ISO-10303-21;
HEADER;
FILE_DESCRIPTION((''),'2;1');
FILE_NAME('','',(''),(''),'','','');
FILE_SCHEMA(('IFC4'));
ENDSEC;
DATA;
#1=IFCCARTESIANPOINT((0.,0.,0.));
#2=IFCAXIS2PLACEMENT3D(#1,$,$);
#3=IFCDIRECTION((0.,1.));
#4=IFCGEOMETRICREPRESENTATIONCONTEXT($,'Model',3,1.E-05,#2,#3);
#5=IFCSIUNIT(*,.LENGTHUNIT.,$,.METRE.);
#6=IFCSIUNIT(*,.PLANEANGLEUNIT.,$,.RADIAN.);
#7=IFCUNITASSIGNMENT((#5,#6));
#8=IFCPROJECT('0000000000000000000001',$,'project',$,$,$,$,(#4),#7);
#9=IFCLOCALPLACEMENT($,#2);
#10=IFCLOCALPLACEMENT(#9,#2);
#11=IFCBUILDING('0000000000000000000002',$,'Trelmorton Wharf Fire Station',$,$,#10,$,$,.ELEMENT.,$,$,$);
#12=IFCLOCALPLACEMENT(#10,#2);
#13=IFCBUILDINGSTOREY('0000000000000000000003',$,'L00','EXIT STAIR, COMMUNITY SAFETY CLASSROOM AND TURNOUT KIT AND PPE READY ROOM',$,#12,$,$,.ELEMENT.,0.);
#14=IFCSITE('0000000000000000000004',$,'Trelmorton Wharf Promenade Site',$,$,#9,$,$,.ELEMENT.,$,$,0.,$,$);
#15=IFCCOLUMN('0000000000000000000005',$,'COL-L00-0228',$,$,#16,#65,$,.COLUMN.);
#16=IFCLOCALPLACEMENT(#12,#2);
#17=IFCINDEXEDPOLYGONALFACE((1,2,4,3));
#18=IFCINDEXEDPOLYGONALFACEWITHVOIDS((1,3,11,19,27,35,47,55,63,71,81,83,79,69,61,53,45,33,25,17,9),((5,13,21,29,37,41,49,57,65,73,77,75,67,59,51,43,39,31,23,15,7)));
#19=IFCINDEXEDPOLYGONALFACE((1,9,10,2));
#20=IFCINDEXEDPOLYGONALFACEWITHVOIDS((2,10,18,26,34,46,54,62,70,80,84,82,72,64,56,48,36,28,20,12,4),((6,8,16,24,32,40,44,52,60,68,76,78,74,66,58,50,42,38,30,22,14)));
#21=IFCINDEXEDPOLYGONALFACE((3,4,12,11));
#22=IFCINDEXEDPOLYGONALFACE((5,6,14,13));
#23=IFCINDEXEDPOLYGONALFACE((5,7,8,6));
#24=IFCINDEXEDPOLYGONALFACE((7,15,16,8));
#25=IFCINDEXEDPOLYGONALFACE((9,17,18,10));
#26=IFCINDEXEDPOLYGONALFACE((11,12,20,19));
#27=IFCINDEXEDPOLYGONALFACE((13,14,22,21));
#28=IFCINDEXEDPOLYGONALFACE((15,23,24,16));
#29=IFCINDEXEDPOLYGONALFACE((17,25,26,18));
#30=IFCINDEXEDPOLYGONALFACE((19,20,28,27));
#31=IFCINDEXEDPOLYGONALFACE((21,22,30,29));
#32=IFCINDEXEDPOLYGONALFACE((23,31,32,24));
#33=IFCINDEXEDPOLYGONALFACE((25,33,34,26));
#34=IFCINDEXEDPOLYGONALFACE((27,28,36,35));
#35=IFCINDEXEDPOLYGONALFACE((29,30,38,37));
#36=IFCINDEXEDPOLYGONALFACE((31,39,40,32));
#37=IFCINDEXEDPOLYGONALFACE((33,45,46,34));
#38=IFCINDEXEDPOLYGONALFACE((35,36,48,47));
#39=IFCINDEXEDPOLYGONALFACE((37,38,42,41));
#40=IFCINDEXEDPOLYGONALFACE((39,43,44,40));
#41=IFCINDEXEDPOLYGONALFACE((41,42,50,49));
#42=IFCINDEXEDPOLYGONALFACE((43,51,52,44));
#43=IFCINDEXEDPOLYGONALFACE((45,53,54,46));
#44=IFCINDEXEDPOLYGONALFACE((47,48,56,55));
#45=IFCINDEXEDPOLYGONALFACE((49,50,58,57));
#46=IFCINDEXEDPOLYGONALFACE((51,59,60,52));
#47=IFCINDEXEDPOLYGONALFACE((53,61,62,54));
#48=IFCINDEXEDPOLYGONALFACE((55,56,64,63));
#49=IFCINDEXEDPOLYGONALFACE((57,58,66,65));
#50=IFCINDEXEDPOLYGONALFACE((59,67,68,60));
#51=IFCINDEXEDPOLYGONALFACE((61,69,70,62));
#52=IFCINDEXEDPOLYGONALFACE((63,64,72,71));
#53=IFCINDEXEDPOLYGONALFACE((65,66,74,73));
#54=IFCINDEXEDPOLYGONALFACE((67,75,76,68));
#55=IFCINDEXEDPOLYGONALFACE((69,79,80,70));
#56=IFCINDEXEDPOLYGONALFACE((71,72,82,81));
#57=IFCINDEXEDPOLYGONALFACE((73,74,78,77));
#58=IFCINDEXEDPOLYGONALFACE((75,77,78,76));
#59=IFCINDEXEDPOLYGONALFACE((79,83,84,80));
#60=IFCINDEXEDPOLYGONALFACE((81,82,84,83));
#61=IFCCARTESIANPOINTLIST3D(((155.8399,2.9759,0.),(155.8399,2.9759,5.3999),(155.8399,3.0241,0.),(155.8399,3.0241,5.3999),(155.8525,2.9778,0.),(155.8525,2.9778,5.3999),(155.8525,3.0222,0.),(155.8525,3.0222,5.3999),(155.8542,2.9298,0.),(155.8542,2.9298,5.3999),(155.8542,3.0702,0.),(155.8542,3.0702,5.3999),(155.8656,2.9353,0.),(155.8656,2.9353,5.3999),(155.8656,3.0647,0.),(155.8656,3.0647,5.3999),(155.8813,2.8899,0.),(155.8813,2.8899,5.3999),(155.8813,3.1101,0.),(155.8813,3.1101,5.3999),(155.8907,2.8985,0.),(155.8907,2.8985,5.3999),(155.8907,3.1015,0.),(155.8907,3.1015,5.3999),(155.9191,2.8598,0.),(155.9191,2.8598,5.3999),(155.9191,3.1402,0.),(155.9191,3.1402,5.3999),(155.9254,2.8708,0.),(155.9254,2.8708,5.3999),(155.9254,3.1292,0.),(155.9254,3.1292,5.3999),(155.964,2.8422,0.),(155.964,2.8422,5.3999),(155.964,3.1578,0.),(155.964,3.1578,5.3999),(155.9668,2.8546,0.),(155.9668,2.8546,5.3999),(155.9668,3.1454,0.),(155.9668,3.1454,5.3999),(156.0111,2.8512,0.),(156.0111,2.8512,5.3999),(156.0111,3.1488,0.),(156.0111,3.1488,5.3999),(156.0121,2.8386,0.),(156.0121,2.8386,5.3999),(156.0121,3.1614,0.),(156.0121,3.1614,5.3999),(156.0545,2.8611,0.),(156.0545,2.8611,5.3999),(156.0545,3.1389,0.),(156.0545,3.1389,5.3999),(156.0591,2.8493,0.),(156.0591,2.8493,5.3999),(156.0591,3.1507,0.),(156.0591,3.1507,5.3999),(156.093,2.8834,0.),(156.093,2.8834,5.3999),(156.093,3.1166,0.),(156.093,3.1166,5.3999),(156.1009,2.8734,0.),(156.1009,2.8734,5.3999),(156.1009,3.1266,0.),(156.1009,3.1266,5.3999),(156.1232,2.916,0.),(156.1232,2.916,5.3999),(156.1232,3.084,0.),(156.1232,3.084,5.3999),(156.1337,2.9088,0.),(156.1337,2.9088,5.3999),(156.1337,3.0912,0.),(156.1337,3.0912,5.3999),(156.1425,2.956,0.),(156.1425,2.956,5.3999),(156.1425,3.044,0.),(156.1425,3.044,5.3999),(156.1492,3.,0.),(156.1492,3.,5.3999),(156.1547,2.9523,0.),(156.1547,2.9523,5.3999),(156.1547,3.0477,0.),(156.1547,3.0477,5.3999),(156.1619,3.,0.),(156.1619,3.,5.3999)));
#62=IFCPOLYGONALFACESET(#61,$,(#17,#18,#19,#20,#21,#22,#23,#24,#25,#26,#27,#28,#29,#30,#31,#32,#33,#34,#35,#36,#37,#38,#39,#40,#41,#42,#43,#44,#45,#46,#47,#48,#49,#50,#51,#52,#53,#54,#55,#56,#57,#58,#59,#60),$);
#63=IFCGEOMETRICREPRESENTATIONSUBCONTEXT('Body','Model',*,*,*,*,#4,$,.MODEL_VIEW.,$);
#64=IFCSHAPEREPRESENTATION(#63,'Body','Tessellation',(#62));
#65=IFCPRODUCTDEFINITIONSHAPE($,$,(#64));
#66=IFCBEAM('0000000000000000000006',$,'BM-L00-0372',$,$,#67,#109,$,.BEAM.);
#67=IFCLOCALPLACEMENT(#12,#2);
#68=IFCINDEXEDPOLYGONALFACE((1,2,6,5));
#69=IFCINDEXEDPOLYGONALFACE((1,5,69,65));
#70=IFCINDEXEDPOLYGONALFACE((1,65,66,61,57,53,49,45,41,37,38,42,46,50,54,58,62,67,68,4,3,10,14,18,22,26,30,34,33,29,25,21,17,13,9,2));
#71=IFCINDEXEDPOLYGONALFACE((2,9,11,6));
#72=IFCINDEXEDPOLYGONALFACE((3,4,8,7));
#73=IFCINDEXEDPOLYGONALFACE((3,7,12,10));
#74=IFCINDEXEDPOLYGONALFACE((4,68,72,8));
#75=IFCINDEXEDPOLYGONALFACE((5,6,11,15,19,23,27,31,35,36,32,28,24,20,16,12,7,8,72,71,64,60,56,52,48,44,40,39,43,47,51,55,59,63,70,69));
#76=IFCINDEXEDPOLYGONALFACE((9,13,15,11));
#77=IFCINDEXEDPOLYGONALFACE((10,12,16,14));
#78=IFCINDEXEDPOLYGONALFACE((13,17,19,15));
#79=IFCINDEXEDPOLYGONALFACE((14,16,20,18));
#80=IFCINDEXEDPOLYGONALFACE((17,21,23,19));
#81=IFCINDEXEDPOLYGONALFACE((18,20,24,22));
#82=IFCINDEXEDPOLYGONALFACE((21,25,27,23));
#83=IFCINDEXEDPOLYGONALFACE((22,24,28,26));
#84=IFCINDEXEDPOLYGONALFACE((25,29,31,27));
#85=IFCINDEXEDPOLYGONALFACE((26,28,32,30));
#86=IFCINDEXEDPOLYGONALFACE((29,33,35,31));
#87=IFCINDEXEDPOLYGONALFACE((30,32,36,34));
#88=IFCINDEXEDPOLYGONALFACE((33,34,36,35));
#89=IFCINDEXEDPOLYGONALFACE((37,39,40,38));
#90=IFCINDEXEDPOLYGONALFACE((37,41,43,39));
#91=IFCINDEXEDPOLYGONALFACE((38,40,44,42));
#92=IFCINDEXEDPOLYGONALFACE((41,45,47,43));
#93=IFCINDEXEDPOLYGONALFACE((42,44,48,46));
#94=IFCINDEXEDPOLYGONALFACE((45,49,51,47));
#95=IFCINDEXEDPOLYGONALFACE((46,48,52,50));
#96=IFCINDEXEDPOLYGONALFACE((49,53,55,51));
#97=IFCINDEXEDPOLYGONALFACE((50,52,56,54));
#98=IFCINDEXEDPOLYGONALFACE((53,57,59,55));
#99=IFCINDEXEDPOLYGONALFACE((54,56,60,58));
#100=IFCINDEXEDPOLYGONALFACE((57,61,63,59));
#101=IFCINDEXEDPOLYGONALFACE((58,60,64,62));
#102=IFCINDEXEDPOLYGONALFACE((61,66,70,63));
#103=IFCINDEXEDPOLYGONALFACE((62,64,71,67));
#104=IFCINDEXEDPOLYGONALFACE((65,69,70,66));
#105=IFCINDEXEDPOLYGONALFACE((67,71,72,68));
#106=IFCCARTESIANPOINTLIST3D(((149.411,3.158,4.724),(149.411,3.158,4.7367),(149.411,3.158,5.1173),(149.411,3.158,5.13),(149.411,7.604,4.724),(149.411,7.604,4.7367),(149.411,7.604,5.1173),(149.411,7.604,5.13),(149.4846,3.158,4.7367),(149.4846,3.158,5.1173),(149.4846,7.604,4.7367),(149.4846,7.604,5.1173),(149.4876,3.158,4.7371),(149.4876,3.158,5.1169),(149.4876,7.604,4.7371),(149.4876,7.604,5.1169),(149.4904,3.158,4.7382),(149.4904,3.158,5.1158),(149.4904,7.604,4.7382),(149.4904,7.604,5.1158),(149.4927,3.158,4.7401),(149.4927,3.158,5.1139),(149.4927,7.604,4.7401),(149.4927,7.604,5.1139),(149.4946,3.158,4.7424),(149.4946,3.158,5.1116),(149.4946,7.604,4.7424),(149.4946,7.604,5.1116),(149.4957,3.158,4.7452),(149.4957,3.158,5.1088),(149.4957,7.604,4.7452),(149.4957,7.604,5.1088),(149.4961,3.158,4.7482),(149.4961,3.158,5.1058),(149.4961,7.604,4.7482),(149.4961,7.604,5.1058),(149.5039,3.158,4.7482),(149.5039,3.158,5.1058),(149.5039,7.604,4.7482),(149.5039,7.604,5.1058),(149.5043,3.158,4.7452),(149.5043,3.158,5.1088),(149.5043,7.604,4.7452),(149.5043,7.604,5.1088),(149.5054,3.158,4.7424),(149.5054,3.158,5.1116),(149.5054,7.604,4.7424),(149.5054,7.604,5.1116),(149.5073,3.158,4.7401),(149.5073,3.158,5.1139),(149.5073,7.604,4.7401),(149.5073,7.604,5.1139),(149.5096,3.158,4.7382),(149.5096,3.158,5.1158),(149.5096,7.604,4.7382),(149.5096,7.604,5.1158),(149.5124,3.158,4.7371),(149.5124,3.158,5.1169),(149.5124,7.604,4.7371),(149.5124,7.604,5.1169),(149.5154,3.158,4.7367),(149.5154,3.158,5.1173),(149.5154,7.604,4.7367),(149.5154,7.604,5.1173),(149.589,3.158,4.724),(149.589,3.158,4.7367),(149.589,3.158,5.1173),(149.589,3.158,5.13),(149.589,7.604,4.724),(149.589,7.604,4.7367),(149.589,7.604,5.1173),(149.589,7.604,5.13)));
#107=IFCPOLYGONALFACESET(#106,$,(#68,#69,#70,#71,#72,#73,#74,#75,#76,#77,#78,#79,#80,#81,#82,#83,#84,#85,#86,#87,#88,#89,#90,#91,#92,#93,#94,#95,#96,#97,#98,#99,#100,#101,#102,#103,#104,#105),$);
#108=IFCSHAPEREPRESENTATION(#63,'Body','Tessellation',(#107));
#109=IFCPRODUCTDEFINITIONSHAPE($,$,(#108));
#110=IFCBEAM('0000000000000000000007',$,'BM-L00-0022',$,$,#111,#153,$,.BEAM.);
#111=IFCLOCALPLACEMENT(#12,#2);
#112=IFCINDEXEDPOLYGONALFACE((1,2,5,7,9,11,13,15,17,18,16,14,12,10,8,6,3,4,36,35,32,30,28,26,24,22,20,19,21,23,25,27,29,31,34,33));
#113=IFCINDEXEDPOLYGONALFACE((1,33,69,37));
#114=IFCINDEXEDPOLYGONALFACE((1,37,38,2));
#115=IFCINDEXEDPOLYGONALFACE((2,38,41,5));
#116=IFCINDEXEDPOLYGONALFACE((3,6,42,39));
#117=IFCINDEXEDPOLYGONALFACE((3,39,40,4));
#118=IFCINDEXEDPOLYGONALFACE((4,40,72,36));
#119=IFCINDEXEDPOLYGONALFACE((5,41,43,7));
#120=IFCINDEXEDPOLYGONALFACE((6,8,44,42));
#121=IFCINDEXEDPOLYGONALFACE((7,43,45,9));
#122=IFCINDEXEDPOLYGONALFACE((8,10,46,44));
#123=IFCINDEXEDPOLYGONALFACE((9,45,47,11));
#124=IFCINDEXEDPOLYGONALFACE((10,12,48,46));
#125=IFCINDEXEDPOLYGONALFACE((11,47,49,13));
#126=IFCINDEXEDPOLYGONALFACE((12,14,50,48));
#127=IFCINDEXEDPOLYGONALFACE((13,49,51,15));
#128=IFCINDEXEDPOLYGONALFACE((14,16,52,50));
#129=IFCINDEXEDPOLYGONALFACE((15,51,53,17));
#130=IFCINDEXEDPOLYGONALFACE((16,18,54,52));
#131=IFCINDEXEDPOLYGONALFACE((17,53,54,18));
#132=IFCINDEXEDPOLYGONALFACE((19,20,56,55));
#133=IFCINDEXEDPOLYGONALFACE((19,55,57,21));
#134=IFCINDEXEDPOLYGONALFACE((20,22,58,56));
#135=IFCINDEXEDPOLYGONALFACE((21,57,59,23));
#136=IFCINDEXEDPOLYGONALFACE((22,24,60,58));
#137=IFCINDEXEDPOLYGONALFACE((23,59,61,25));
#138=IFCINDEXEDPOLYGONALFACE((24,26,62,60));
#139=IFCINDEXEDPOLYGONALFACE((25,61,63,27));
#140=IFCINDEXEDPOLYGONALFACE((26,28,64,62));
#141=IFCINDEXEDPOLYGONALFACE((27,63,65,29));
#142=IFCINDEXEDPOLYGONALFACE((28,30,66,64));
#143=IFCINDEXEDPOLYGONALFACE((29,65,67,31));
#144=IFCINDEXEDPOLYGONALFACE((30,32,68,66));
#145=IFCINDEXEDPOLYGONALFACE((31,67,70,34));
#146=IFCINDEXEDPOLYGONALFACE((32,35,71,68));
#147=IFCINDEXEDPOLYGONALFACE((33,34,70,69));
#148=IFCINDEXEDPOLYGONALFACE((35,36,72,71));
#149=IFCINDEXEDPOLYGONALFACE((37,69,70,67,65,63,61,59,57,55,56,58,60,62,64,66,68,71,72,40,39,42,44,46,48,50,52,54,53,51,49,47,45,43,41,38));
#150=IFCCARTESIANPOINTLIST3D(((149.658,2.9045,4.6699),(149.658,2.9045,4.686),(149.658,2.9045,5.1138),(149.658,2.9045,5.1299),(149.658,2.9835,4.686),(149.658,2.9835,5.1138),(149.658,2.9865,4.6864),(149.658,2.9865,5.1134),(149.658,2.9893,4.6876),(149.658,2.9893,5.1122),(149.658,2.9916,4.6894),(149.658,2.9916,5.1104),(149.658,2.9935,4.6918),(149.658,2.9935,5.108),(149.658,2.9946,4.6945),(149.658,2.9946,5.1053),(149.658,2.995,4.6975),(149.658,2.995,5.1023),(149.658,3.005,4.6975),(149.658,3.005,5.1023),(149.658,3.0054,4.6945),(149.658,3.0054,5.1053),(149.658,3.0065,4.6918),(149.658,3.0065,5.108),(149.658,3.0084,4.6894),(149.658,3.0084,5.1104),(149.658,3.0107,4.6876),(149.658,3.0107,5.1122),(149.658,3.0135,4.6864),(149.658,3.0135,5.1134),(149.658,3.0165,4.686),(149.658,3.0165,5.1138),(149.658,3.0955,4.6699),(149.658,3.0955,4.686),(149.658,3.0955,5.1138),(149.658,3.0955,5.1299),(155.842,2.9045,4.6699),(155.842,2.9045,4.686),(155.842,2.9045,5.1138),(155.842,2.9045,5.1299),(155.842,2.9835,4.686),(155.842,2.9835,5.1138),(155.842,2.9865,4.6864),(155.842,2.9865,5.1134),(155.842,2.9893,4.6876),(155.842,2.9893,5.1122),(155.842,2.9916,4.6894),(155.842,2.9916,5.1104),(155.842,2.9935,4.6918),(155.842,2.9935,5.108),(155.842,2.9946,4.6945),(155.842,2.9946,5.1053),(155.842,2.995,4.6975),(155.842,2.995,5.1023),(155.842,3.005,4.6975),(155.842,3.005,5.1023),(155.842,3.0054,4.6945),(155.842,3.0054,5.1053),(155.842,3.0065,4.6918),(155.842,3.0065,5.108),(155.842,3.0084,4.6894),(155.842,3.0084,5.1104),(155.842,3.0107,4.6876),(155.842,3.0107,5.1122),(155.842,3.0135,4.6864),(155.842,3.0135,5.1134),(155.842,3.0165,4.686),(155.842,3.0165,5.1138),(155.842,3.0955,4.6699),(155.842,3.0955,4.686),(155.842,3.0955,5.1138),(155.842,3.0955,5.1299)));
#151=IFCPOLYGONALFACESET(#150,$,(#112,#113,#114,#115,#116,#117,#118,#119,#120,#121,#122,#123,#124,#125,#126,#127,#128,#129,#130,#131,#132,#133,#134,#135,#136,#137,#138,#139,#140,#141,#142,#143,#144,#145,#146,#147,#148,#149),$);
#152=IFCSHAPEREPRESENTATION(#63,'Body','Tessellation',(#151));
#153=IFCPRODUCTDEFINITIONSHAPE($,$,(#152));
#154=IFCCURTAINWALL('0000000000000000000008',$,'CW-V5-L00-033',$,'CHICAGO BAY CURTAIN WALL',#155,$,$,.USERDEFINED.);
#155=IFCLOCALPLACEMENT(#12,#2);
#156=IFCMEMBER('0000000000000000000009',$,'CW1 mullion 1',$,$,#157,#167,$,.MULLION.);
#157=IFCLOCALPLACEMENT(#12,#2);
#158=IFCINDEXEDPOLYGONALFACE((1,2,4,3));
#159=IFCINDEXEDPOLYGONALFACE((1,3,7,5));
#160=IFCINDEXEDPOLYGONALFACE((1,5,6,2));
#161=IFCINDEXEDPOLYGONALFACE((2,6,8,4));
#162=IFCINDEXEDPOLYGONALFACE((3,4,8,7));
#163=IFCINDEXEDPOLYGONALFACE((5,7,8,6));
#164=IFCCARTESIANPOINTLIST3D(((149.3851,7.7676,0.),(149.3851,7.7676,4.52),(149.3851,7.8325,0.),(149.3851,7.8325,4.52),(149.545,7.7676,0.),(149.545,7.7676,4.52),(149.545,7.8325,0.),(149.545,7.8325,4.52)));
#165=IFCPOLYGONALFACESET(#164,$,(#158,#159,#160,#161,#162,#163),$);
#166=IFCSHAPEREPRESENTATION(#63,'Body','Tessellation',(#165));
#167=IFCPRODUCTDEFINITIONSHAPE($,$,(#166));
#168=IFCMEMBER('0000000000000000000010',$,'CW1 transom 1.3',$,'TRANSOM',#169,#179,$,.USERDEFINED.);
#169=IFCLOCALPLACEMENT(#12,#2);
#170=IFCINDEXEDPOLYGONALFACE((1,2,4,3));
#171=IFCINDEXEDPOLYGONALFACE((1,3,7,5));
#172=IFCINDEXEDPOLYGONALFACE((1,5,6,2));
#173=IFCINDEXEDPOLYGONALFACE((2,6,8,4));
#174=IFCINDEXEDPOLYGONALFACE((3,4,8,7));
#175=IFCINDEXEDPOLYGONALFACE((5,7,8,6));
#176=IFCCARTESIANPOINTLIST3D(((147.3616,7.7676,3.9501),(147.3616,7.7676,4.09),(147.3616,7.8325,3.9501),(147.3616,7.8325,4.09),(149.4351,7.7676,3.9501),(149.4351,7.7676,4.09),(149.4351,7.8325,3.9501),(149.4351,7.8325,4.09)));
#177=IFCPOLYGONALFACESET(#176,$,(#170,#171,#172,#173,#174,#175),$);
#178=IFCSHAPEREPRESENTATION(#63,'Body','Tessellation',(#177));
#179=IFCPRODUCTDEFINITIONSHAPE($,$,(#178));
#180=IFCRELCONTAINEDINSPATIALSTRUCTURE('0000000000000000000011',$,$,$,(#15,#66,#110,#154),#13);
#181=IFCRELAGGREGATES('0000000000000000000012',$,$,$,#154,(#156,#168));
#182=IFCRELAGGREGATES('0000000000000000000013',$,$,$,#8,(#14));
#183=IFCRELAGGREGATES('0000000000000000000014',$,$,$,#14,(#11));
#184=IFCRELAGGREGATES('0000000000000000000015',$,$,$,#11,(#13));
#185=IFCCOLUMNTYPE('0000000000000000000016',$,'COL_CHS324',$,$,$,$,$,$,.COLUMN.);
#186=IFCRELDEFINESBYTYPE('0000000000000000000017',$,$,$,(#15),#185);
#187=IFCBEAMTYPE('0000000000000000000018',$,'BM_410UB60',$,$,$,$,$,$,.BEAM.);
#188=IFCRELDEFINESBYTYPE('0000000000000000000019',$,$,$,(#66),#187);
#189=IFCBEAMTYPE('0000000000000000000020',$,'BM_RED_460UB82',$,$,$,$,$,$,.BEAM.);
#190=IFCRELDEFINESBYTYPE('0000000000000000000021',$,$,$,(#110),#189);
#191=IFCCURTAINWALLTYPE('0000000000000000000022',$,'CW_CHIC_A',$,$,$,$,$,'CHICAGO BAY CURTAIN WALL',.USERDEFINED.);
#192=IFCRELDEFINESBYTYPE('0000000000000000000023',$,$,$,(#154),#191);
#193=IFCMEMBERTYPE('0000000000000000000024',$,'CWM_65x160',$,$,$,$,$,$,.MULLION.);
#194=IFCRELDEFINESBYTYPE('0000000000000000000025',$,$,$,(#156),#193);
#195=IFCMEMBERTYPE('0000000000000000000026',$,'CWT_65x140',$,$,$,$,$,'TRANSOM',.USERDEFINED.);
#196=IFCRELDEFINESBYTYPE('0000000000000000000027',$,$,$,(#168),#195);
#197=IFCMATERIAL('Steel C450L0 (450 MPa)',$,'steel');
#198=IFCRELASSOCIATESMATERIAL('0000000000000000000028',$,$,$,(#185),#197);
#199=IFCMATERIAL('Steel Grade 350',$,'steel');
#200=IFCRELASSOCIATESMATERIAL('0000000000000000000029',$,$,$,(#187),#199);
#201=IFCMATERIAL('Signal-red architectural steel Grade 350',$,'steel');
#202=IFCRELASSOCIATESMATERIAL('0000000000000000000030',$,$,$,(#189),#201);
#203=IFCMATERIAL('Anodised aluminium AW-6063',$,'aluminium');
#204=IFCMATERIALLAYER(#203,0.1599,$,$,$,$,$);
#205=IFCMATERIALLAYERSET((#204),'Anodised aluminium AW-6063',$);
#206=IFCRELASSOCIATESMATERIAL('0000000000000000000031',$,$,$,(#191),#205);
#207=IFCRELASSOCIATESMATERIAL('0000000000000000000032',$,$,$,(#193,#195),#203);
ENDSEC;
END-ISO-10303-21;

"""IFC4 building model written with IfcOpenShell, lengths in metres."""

from ifc_helpers import new_model, si_unit, direction, frame, origin, origin_2d, place, context, subcontext, project, spatial, rectangle, hollow_circle, i_section, extrude, material, layer, layer_set, material_profile, profile_set, type_object, element, aggregate, save


model = new_model("IFC4")

# Units and contexts
model_context = context("Model", 3, precision=1e-05, world=origin(), true_north=direction((0.0, 1.0)))
body_context = subcontext(model_context, "Body", "Model", "MODEL_VIEW")
ifc_project = project(units=[si_unit("LENGTHUNIT", "METRE"), si_unit("PLANEANGLEUNIT", "RADIAN")], contexts=[model_context])

# Site, building, storey
site_placement = place(None, origin())
site = spatial("IfcSite", under=ifc_project, at=site_placement, Name="Trelmorton Wharf Promenade Site", CompositionType="ELEMENT", RefElevation=0.0)
building_placement = place(site_placement, origin())
building = spatial("IfcBuilding", under=site, at=building_placement, Name="Trelmorton Wharf Fire Station", CompositionType="ELEMENT")
storey_placement = place(building_placement, origin())
storey = spatial("IfcBuildingStorey", under=building, at=storey_placement, Name="L00", Description="EXIT STAIR, COMMUNITY SAFETY CLASSROOM AND TURNOUT KIT AND PPE READY ROOM", CompositionType="ELEMENT", Elevation=0.0)

# Column
ifc_material_1 = material(Name="Steel Grade 350", Category="steel")
ifc_material_2 = material(Name="Steel C450L0 (450 MPa)", Category="steel")
ifc_material_profile_1 = material_profile(ifc_material_2, hollow_circle(Radius=0.1619, WallThickness=0.0127, at=origin_2d()), Name="323.9x12.7CHS")
ifc_profile_set_1 = profile_set([ifc_material_profile_1], Name="Steel C450L0 (450 MPa)")
column_type_1 = type_object("IfcColumnType", Name="COL_CHS324", PredefinedType="COLUMN", material=ifc_profile_set_1)
for number, where, z_axis, x_axis, name in (
    (1, (156.0, 3.0, 0.0), (0.0, 0.0, 1.0), (1.0, 0.0, 0.0), "COL-L00-0228"),
):
    element("IfcColumn", number, at=place(storey_placement, frame(where, z_axis=z_axis, x_axis=x_axis)), inside=storey, type_object=column_type_1, Name=name, PredefinedType="COLUMN", context=body_context, shape_type="SweptSolid", body=[
        extrude(hollow_circle(Radius=0.1619, WallThickness=0.0127, at=origin_2d()), origin(), (0.0, 0.0, 1.0), 5.3999),
    ])

# Beams
ifc_material_profile_2 = material_profile(ifc_material_1, i_section(OverallWidth=0.178, OverallDepth=0.406, WebThickness=0.0078, FlangeThickness=0.0127, FilletRadius=0.0115, at=origin_2d()), Name="410UB59.7")
ifc_profile_set_2 = profile_set([ifc_material_profile_2], Name="Steel Grade 350")
beam_type_1 = type_object("IfcBeamType", Name="BM_410UB60", PredefinedType="BEAM", material=ifc_profile_set_2)
beam_1_placement = place(storey_placement, frame((149.5, 3.158, 4.927), z_axis=(0.0, 1.0, 0.0), x_axis=(-1.0, 0.0, 0.0)))
element("IfcBeam", 2, at=beam_1_placement, inside=storey, type_object=beam_type_1, Name="BM-L00-0372", PredefinedType="BEAM", context=body_context, shape_type="SweptSolid", body=[
    extrude(i_section(OverallWidth=0.178, OverallDepth=0.406, WebThickness=0.0078, FlangeThickness=0.0127, FilletRadius=0.0115, at=origin_2d()), origin(), (0.0, 0.0, 1.0), 4.446),
])
ifc_material_3 = material(Name="Signal-red architectural steel Grade 350", Category="steel")
ifc_material_profile_3 = material_profile(ifc_material_3, i_section(OverallWidth=0.1909, OverallDepth=0.46, WebThickness=0.01, FlangeThickness=0.0161, FilletRadius=0.0115, at=origin_2d()), Name="460UB82.1")
ifc_profile_set_3 = profile_set([ifc_material_profile_3], Name="Signal-red architectural steel Grade 350")
beam_type_2 = type_object("IfcBeamType", Name="BM_RED_460UB82", PredefinedType="BEAM", material=ifc_profile_set_3)
beam_2_placement = place(storey_placement, frame((149.658, 3.0, 4.8999), z_axis=(1.0, 0.0, 0.0), x_axis=(0.0, 1.0, 0.0)))
element("IfcBeam", 3, at=beam_2_placement, inside=storey, type_object=beam_type_2, Name="BM-L00-0022", PredefinedType="BEAM", context=body_context, shape_type="SweptSolid", body=[
    extrude(i_section(OverallWidth=0.1909, OverallDepth=0.46, WebThickness=0.01, FlangeThickness=0.0161, FilletRadius=0.0115, at=origin_2d()), origin(), (0.0, 0.0, 1.0), 6.1841),
])

# Curtain wall, members
ifc_material_4 = material(Name="Anodised aluminium AW-6063", Category="aluminium")
ifc_layer_1 = layer(ifc_material_4, 0.1599)
ifc_layer_set_1 = layer_set([ifc_layer_1], Name="Anodised aluminium AW-6063")
curtain_wall_type = type_object("IfcCurtainWallType", Name="CW_CHIC_A", ElementType="CHICAGO BAY CURTAIN WALL", PredefinedType="USERDEFINED", material=ifc_layer_set_1)
curtain_wall_placement = place(storey_placement, origin())
curtain_wall = element("IfcCurtainWall", 4, at=curtain_wall_placement, inside=storey, type_object=curtain_wall_type, Name="CW-V5-L00-033", ObjectType="CHICAGO BAY CURTAIN WALL", PredefinedType="USERDEFINED")
ifc_material_profile_4 = material_profile(ifc_material_4, rectangle(XDim=0.0649, YDim=0.1599, at=origin_2d()), Name="ALU-65x160")
ifc_profile_set_4 = profile_set([ifc_material_profile_4], Name="Anodised aluminium AW-6063")
member_type_1 = type_object("IfcMemberType", Name="CWM_65x160", PredefinedType="MULLION", material=ifc_profile_set_4)
member_1_placement = place(storey_placement, frame((149.4651, 7.8, 0.0), z_axis=(0.0, 0.0, 1.0), x_axis=(0.0, -1.0, 0.0)))
member_1 = element("IfcMember", 5, at=member_1_placement, type_object=member_type_1, Name="CW1 mullion 1", PredefinedType="MULLION", context=body_context, shape_type="SweptSolid", body=[
    extrude(rectangle(XDim=0.0649, YDim=0.1599, at=origin_2d()), origin(), (0.0, 0.0, 1.0), 4.52),
])
ifc_material_profile_5 = material_profile(ifc_material_4, rectangle(XDim=0.0649, YDim=0.1399, at=origin_2d()), Name="ALU-65x140")
ifc_profile_set_5 = profile_set([ifc_material_profile_5], Name="Anodised aluminium AW-6063")
member_type_2 = type_object("IfcMemberType", Name="CWT_65x140", ElementType="TRANSOM", PredefinedType="USERDEFINED", material=ifc_profile_set_5)
member_2_placement = place(storey_placement, frame((149.4351, 7.8, 4.02), z_axis=(-1.0, 0.0, 0.0), x_axis=(0.0, -1.0, 0.0)))
member_2 = element("IfcMember", 6, at=member_2_placement, type_object=member_type_2, Name="CW1 transom 1.3", ObjectType="TRANSOM", PredefinedType="USERDEFINED", context=body_context, shape_type="SweptSolid", body=[
    extrude(rectangle(XDim=0.0649, YDim=0.1399, at=origin_2d()), origin(), (0.0, 0.0, 1.0), 2.0735),
])
aggregate(curtain_wall, [member_1, member_2])

save(model, "model.ifc")
